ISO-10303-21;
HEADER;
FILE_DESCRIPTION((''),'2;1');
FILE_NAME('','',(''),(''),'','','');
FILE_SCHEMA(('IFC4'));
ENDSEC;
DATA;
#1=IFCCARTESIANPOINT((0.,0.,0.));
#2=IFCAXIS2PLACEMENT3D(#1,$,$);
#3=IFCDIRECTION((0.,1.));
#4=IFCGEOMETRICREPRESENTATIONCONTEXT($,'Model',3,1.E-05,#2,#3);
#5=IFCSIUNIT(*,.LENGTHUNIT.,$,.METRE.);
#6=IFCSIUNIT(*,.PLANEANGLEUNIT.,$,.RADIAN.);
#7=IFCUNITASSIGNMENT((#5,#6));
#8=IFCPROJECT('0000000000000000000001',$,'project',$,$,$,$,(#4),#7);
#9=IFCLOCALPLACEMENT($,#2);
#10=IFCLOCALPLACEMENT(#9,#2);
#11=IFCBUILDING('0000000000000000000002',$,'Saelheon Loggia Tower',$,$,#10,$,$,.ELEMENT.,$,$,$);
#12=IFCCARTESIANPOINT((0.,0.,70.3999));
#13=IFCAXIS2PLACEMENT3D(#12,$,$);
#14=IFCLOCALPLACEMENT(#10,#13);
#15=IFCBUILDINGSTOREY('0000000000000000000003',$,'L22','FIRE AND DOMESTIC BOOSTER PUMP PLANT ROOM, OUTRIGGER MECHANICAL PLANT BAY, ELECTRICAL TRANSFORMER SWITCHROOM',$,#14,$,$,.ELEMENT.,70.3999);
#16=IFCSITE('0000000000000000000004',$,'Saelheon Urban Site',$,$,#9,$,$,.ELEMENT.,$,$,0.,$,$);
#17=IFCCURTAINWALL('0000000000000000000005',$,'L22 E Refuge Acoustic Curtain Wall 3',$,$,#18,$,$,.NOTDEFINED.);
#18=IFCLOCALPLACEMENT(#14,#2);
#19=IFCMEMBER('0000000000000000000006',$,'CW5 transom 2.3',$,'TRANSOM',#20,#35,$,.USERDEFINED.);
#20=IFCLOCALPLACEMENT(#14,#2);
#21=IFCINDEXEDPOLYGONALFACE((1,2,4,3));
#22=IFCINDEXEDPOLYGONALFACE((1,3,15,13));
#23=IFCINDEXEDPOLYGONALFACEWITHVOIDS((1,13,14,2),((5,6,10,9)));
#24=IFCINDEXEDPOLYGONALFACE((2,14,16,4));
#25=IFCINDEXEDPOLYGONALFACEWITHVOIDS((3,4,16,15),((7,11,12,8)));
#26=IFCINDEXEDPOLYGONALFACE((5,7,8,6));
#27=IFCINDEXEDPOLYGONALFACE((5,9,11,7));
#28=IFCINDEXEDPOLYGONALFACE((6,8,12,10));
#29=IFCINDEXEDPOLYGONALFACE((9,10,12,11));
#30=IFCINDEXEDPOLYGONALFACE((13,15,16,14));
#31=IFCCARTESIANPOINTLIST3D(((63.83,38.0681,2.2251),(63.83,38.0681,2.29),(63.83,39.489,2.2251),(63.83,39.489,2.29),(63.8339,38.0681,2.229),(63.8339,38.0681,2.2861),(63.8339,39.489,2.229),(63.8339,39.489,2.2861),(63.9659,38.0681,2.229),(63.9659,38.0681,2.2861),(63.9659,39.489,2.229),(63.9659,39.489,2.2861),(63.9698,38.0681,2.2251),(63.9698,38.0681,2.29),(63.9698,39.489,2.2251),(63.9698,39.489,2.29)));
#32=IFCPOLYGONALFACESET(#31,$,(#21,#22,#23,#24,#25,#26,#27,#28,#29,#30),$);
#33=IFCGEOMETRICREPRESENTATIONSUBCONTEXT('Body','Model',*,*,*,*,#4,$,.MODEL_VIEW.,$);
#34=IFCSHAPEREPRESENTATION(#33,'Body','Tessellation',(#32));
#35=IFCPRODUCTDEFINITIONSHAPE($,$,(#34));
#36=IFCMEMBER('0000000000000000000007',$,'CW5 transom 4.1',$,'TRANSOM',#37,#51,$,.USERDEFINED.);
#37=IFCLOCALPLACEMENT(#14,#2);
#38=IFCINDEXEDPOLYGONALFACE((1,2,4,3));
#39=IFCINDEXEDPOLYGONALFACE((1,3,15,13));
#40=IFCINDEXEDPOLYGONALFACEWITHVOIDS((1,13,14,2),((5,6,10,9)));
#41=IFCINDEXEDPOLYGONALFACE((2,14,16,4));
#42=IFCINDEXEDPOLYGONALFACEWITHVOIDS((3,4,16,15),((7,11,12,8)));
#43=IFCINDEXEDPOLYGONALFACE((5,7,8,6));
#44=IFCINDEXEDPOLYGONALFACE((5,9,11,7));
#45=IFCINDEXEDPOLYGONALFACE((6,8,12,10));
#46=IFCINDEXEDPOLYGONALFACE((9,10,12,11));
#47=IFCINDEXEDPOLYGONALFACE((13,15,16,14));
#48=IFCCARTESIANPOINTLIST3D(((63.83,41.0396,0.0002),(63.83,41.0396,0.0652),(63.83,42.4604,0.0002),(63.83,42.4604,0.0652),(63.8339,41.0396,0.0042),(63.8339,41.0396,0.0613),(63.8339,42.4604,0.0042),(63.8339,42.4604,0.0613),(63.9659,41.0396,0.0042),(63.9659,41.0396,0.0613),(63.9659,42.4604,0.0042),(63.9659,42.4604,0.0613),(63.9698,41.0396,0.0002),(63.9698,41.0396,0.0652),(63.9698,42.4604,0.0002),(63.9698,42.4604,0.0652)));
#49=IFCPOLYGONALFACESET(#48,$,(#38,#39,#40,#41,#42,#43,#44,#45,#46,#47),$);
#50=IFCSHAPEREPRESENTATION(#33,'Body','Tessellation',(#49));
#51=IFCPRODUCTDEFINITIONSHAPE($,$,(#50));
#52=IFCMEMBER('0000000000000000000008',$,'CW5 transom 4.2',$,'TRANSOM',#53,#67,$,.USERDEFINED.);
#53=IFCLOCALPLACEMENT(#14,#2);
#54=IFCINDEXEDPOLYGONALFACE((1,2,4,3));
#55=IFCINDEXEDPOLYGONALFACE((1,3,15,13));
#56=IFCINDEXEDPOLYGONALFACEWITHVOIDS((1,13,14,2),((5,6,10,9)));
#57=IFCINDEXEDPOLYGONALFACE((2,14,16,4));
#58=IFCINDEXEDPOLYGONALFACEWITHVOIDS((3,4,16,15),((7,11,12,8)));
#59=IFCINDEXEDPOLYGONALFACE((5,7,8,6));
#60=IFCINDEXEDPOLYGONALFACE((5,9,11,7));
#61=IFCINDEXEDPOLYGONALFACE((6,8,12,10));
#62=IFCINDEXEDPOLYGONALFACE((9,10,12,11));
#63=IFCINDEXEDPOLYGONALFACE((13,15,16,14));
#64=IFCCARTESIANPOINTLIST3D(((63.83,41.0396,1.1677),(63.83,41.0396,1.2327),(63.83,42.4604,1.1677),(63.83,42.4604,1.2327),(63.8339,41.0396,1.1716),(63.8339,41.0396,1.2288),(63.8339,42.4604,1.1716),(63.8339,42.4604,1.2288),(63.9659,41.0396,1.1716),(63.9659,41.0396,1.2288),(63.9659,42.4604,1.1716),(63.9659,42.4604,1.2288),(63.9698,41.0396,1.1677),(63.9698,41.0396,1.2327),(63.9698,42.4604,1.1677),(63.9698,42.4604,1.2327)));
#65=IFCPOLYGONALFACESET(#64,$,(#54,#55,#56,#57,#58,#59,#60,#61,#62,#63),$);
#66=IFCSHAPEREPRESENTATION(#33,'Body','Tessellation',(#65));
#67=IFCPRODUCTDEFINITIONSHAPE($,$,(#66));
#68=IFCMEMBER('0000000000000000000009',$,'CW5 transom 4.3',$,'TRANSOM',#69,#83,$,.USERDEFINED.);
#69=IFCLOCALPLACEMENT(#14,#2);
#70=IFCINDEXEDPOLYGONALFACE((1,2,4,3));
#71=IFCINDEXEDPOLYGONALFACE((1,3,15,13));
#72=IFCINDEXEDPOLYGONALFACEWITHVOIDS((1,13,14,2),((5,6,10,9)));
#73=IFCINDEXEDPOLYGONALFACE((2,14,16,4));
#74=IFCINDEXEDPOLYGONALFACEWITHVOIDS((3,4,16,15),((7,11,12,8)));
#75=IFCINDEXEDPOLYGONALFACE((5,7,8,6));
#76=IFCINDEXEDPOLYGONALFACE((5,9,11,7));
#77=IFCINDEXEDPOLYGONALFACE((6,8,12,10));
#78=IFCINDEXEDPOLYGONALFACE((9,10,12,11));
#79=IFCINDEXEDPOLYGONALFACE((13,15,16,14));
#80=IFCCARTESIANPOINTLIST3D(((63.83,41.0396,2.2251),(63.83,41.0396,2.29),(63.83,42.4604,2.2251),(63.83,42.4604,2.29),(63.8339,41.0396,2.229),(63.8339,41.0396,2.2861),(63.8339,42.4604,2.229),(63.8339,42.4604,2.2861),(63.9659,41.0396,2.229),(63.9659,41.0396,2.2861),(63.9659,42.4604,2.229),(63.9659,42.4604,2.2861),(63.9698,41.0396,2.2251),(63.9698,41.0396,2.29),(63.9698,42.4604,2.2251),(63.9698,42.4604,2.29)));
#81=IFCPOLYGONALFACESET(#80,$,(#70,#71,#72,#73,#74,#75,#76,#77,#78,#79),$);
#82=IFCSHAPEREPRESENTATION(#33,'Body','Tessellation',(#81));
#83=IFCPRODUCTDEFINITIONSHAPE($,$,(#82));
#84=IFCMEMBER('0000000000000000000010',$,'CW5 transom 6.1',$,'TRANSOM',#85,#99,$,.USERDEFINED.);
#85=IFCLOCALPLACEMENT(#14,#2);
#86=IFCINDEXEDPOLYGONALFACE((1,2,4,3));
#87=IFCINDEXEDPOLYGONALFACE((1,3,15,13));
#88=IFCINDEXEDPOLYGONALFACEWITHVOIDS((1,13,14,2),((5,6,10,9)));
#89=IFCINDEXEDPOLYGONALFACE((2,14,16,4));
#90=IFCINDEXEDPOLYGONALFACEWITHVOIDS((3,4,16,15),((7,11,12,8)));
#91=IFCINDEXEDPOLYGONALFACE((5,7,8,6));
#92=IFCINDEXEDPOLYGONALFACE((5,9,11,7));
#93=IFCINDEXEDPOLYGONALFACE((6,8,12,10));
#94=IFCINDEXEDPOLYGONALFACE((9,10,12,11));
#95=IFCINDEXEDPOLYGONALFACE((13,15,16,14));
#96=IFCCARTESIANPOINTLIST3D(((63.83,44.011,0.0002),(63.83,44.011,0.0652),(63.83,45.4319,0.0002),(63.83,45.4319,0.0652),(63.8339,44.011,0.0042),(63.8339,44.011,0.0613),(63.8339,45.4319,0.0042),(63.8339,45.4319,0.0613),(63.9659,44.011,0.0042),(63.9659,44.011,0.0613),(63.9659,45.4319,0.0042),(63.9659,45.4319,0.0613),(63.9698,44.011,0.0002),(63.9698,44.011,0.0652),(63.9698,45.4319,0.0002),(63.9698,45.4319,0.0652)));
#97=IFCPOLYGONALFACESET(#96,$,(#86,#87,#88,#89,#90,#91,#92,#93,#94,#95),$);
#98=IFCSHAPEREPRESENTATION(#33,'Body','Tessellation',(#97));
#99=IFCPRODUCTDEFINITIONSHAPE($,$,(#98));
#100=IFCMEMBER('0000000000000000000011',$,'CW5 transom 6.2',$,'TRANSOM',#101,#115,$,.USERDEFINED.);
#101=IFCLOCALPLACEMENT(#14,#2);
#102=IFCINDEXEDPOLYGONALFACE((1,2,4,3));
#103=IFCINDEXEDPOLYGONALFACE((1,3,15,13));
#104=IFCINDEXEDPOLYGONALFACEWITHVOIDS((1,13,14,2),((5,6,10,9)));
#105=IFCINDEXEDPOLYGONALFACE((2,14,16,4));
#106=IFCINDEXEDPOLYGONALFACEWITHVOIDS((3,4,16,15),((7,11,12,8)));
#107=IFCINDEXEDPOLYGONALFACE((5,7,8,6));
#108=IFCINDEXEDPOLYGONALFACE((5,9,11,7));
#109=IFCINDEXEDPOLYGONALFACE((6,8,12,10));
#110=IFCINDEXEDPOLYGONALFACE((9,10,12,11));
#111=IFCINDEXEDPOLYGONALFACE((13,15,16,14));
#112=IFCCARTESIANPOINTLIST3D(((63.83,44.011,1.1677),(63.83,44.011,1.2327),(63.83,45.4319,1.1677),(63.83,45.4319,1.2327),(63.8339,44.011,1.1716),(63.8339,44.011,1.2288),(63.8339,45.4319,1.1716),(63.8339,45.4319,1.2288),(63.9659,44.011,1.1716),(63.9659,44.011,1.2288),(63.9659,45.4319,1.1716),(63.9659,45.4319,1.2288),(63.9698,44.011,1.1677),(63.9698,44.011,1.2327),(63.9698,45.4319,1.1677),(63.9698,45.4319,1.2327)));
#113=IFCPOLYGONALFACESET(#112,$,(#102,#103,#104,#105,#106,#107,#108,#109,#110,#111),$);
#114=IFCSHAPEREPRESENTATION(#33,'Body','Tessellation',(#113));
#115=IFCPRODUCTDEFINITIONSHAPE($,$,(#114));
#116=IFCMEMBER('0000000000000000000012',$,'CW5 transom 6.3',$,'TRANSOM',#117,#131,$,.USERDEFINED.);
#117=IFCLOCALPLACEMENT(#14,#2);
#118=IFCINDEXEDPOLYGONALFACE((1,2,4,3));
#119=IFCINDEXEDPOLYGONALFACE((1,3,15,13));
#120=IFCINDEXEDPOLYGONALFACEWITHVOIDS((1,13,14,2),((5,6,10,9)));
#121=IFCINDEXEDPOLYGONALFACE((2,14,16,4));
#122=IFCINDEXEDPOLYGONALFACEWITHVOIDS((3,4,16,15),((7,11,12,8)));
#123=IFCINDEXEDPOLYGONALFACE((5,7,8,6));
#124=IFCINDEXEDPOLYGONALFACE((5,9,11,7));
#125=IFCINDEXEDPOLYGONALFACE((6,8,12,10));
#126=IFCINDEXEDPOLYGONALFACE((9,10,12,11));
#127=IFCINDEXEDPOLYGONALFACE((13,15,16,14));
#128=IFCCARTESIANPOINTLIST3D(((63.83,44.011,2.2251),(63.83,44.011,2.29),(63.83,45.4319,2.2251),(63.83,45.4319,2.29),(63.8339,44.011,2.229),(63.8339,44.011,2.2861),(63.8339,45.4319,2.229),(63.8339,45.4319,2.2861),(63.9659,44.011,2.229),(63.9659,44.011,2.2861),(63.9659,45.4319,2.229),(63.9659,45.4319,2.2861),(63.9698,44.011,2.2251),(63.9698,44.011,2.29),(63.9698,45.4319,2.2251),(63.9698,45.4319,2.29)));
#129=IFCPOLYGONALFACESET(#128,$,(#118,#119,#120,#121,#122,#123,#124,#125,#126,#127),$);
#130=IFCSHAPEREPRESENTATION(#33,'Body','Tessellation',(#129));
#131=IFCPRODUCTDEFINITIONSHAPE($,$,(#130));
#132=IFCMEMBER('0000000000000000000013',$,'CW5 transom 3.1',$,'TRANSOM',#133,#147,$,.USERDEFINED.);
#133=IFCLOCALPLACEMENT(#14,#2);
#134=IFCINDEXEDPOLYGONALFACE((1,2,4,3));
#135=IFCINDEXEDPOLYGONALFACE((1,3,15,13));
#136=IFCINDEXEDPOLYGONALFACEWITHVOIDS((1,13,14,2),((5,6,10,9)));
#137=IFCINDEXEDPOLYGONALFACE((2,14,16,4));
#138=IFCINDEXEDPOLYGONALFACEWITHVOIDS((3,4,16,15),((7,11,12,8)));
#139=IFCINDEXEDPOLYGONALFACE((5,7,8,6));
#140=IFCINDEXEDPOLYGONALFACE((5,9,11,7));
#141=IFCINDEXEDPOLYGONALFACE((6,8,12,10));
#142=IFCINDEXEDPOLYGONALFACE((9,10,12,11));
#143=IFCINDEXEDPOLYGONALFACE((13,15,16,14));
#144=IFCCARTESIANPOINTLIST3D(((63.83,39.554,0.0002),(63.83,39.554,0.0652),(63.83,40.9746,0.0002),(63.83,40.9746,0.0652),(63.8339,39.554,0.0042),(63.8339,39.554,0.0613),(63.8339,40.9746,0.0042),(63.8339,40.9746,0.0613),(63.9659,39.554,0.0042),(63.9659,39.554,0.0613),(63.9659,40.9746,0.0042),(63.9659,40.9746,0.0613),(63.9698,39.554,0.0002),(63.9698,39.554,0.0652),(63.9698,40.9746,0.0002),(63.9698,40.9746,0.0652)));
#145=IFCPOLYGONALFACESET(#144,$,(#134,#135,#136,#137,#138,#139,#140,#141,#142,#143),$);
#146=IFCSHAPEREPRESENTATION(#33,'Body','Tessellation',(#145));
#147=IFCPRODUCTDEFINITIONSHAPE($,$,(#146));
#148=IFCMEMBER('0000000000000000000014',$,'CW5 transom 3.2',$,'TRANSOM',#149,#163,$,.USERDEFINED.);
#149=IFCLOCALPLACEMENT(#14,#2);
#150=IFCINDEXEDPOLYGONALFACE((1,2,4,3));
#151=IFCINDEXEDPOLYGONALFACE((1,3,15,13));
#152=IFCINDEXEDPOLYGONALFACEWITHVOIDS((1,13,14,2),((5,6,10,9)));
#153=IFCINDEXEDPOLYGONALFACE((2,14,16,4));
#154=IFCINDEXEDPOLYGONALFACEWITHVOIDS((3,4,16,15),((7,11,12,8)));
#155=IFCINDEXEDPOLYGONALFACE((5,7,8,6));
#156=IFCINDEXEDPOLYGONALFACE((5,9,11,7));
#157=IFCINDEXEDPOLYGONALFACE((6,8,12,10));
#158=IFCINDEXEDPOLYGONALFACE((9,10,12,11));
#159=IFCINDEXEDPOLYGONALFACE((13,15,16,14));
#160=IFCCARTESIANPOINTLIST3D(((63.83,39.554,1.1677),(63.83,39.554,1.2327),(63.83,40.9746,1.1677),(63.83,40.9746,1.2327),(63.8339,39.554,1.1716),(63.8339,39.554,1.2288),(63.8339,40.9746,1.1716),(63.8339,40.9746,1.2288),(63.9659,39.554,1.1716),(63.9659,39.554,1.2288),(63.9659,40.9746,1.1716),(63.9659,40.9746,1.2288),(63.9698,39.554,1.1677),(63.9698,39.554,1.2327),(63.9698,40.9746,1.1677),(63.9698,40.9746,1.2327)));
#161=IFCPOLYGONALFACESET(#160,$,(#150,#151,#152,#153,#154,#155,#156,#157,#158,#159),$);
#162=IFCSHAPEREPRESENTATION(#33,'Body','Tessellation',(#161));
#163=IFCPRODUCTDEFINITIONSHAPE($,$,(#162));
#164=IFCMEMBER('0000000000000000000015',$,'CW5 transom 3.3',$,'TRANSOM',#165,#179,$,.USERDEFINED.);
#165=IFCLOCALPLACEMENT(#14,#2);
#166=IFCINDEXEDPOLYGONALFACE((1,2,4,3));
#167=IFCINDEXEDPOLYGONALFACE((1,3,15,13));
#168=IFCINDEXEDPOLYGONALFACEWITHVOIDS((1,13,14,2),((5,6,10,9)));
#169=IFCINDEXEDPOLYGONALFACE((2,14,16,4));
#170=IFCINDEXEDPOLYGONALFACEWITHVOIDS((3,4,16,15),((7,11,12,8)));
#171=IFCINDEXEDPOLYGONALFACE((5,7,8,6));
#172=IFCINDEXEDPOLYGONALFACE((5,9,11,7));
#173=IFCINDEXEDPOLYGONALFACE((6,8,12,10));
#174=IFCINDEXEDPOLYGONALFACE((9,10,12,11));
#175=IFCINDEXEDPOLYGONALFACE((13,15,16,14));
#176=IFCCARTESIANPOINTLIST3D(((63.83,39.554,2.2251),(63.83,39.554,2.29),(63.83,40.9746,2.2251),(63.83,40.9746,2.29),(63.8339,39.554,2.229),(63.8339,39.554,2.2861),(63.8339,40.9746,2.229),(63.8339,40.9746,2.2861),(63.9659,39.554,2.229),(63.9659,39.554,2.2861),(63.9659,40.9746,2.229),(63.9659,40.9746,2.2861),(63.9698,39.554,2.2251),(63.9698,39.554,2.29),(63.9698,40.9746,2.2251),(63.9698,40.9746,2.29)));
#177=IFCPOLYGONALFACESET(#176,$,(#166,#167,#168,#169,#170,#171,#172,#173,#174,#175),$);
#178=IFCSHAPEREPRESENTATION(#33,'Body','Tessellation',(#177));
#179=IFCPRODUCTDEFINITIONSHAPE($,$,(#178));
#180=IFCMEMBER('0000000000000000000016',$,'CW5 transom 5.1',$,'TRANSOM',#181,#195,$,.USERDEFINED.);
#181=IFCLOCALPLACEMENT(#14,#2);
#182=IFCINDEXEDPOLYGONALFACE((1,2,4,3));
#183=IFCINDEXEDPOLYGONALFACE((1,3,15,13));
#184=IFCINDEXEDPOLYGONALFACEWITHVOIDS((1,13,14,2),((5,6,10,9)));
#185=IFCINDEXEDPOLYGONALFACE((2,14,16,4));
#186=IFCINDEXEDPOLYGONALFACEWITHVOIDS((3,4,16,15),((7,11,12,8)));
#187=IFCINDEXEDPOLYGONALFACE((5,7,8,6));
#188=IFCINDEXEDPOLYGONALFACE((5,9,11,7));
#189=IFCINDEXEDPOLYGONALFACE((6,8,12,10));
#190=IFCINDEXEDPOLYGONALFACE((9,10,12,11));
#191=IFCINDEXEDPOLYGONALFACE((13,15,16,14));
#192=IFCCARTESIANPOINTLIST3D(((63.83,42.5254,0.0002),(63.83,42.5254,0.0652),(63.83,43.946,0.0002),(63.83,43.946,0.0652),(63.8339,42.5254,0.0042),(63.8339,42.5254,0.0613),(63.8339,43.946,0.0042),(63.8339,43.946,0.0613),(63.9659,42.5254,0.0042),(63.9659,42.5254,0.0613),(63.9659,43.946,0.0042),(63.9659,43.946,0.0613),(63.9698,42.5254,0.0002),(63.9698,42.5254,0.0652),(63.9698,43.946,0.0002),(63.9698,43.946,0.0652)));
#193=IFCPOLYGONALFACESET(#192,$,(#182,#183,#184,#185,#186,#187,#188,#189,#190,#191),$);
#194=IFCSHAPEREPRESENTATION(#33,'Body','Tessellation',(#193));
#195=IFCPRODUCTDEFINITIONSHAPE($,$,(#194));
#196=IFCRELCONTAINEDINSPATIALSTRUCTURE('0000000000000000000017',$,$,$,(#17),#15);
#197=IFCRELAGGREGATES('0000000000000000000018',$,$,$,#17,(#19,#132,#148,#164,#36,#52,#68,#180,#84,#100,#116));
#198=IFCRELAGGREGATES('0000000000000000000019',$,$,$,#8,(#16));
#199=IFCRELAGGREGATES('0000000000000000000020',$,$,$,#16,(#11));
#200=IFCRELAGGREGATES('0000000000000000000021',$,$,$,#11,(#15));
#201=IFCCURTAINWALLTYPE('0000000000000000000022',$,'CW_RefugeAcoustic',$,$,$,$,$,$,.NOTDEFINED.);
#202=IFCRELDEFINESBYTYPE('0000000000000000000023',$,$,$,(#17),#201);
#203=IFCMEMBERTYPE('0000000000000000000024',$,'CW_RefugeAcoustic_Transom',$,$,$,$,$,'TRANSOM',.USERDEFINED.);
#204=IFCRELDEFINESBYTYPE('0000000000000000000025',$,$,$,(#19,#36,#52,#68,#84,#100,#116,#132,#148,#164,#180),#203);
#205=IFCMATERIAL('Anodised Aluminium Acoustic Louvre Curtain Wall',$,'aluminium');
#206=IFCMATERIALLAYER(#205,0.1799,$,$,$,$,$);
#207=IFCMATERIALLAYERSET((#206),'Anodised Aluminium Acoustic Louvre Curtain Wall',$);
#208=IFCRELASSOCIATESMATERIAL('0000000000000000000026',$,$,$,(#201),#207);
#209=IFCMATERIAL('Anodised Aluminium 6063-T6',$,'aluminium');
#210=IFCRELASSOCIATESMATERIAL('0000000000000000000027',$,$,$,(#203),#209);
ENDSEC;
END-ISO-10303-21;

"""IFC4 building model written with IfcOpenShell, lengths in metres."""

from ifc_helpers import new_model, si_unit, direction, frame, origin, origin_2d, place, context, subcontext, project, spatial, hollow_rectangle, extrude, source, transform, mapped, material, layer, layer_set, material_profile, profile_set, type_object, element, aggregate, save


model = new_model("IFC4")

# Units and contexts
model_context = context("Model", 3, precision=1e-05, world=origin(), true_north=direction((0.0, 1.0)))
body_context = subcontext(model_context, "Body", "Model", "MODEL_VIEW")
ifc_project = project(units=[si_unit("LENGTHUNIT", "METRE"), si_unit("PLANEANGLEUNIT", "RADIAN")], contexts=[model_context])

# Site, building, storey
site_placement = place(None, origin())
site = spatial("IfcSite", under=ifc_project, at=site_placement, Name="Saelheon Urban Site", CompositionType="ELEMENT", RefElevation=0.0)
building_placement = place(site_placement, origin())
building = spatial("IfcBuilding", under=site, at=building_placement, Name="Saelheon Loggia Tower", CompositionType="ELEMENT")
storey_placement = place(building_placement, frame((0.0, 0.0, 70.3999)))
storey = spatial("IfcBuildingStorey", under=building, at=storey_placement, Name="L22", Description="FIRE AND DOMESTIC BOOSTER PUMP PLANT ROOM, OUTRIGGER MECHANICAL PLANT BAY, ELECTRICAL TRANSFORMER SWITCHROOM", CompositionType="ELEMENT", Elevation=70.3999)

# Curtain wall, members
ifc_material_1 = material(Name="Anodised Aluminium Acoustic Louvre Curtain Wall", Category="aluminium")
ifc_layer_1 = layer(ifc_material_1, 0.1799)
ifc_layer_set_1 = layer_set([ifc_layer_1], Name="Anodised Aluminium Acoustic Louvre Curtain Wall")
curtain_wall_type = type_object("IfcCurtainWallType", Name="CW_RefugeAcoustic", PredefinedType="NOTDEFINED", material=ifc_layer_set_1)
curtain_wall_placement = place(storey_placement, origin())
curtain_wall = element("IfcCurtainWall", 1, at=curtain_wall_placement, inside=storey, type_object=curtain_wall_type, Name="L22 E Refuge Acoustic Curtain Wall 3", PredefinedType="NOTDEFINED")
ifc_material_2 = material(Name="Anodised Aluminium 6063-T6", Category="aluminium")
ifc_material_profile_1 = material_profile(ifc_material_2, hollow_rectangle(XDim=0.0649, YDim=0.1399, WallThickness=0.0039, at=origin_2d()), Name="RHS-140x65x4")
ifc_profile_set_1 = profile_set([ifc_material_profile_1], Name="Anodised Aluminium 6063-T6")
member_type_1 = type_object("IfcMemberType", Name="CW_RefugeAcoustic_Transom", ElementType="TRANSOM", PredefinedType="USERDEFINED", material=ifc_profile_set_1)
shared_shape_1 = source(origin(), body_context, "Body", "SweptSolid", [
    extrude(hollow_rectangle(XDim=0.0649, YDim=0.1399, WallThickness=0.0039, at=origin_2d()), origin(), (0.0, 0.0, 1.0), 1.4209),
])
member_1_placement = place(storey_placement, frame((63.8999, 38.0681, 2.2576), z_axis=(0.0, 1.0, 0.0), x_axis=(0.0, 0.0, 1.0)))
member_1 = element("IfcMember", 2, at=member_1_placement, type_object=member_type_1, Name="CW5 transom 2.3", ObjectType="TRANSOM", PredefinedType="USERDEFINED", context=body_context, shape_type="MappedRepresentation", body=[
    mapped(shared_shape_1, transform((0.0, 0.0, 0.0), scale=1.0)),
])
member_2_placement = place(storey_placement, frame((63.8999, 41.0396, 0.0327), z_axis=(0.0, 1.0, 0.0), x_axis=(0.0, 0.0, 1.0)))
member_2 = element("IfcMember", 3, at=member_2_placement, type_object=member_type_1, Name="CW5 transom 4.1", ObjectType="TRANSOM", PredefinedType="USERDEFINED", context=body_context, shape_type="MappedRepresentation", body=[
    mapped(shared_shape_1, transform((0.0, 0.0, 0.0), scale=1.0)),
])
member_3_placement = place(storey_placement, frame((63.8999, 41.0396, 1.2002), z_axis=(0.0, 1.0, 0.0), x_axis=(0.0, 0.0, 1.0)))
member_3 = element("IfcMember", 4, at=member_3_placement, type_object=member_type_1, Name="CW5 transom 4.2", ObjectType="TRANSOM", PredefinedType="USERDEFINED", context=body_context, shape_type="MappedRepresentation", body=[
    mapped(shared_shape_1, transform((0.0, 0.0, 0.0), scale=1.0)),
])
member_4_placement = place(storey_placement, frame((63.8999, 41.0396, 2.2576), z_axis=(0.0, 1.0, 0.0), x_axis=(0.0, 0.0, 1.0)))
member_4 = element("IfcMember", 5, at=member_4_placement, type_object=member_type_1, Name="CW5 transom 4.3", ObjectType="TRANSOM", PredefinedType="USERDEFINED", context=body_context, shape_type="MappedRepresentation", body=[
    mapped(shared_shape_1, transform((0.0, 0.0, 0.0), scale=1.0)),
])
member_5_placement = place(storey_placement, frame((63.8999, 44.011, 0.0327), z_axis=(0.0, 1.0, 0.0), x_axis=(0.0, 0.0, 1.0)))
member_5 = element("IfcMember", 6, at=member_5_placement, type_object=member_type_1, Name="CW5 transom 6.1", ObjectType="TRANSOM", PredefinedType="USERDEFINED", context=body_context, shape_type="MappedRepresentation", body=[
    mapped(shared_shape_1, transform((0.0, 0.0, 0.0), scale=1.0)),
])
member_6_placement = place(storey_placement, frame((63.8999, 44.011, 1.2002), z_axis=(0.0, 1.0, 0.0), x_axis=(0.0, 0.0, 1.0)))
member_6 = element("IfcMember", 7, at=member_6_placement, type_object=member_type_1, Name="CW5 transom 6.2", ObjectType="TRANSOM", PredefinedType="USERDEFINED", context=body_context, shape_type="MappedRepresentation", body=[
    mapped(shared_shape_1, transform((0.0, 0.0, 0.0), scale=1.0)),
])
member_7_placement = place(storey_placement, frame((63.8999, 44.011, 2.2576), z_axis=(0.0, 1.0, 0.0), x_axis=(0.0, 0.0, 1.0)))
member_7 = element("IfcMember", 8, at=member_7_placement, type_object=member_type_1, Name="CW5 transom 6.3", ObjectType="TRANSOM", PredefinedType="USERDEFINED", context=body_context, shape_type="MappedRepresentation", body=[
    mapped(shared_shape_1, transform((0.0, 0.0, 0.0), scale=1.0)),
])
shared_shape_2 = source(origin(), body_context, "Body", "SweptSolid", [
    extrude(hollow_rectangle(XDim=0.0649, YDim=0.1399, WallThickness=0.0039, at=origin_2d()), origin(), (0.0, 0.0, 1.0), 1.4207),
])
member_8_placement = place(storey_placement, frame((63.8999, 39.554, 0.0327), z_axis=(0.0, 1.0, 0.0), x_axis=(0.0, 0.0, 1.0)))
member_8 = element("IfcMember", 9, at=member_8_placement, type_object=member_type_1, Name="CW5 transom 3.1", ObjectType="TRANSOM", PredefinedType="USERDEFINED", context=body_context, shape_type="MappedRepresentation", body=[
    mapped(shared_shape_2, transform((0.0, 0.0, 0.0), scale=1.0)),
])
member_9_placement = place(storey_placement, frame((63.8999, 39.554, 1.2002), z_axis=(0.0, 1.0, 0.0), x_axis=(0.0, 0.0, 1.0)))
member_9 = element("IfcMember", 10, at=member_9_placement, type_object=member_type_1, Name="CW5 transom 3.2", ObjectType="TRANSOM", PredefinedType="USERDEFINED", context=body_context, shape_type="MappedRepresentation", body=[
    mapped(shared_shape_2, transform((0.0, 0.0, 0.0), scale=1.0)),
])
member_10_placement = place(storey_placement, frame((63.8999, 39.554, 2.2576), z_axis=(0.0, 1.0, 0.0), x_axis=(0.0, 0.0, 1.0)))
member_10 = element("IfcMember", 11, at=member_10_placement, type_object=member_type_1, Name="CW5 transom 3.3", ObjectType="TRANSOM", PredefinedType="USERDEFINED", context=body_context, shape_type="MappedRepresentation", body=[
    mapped(shared_shape_2, transform((0.0, 0.0, 0.0), scale=1.0)),
])
member_11_placement = place(storey_placement, frame((63.8999, 42.5254, 0.0327), z_axis=(0.0, 1.0, 0.0), x_axis=(0.0, 0.0, 1.0)))
member_11 = element("IfcMember", 12, at=member_11_placement, type_object=member_type_1, Name="CW5 transom 5.1", ObjectType="TRANSOM", PredefinedType="USERDEFINED", context=body_context, shape_type="MappedRepresentation", body=[
    mapped(shared_shape_2, transform((0.0, 0.0, 0.0), scale=1.0)),
])
aggregate(curtain_wall, [member_1, member_8, member_9, member_10, member_2, member_3, member_4, member_11, member_5, member_6, member_7])

save(model, "model.ifc")
